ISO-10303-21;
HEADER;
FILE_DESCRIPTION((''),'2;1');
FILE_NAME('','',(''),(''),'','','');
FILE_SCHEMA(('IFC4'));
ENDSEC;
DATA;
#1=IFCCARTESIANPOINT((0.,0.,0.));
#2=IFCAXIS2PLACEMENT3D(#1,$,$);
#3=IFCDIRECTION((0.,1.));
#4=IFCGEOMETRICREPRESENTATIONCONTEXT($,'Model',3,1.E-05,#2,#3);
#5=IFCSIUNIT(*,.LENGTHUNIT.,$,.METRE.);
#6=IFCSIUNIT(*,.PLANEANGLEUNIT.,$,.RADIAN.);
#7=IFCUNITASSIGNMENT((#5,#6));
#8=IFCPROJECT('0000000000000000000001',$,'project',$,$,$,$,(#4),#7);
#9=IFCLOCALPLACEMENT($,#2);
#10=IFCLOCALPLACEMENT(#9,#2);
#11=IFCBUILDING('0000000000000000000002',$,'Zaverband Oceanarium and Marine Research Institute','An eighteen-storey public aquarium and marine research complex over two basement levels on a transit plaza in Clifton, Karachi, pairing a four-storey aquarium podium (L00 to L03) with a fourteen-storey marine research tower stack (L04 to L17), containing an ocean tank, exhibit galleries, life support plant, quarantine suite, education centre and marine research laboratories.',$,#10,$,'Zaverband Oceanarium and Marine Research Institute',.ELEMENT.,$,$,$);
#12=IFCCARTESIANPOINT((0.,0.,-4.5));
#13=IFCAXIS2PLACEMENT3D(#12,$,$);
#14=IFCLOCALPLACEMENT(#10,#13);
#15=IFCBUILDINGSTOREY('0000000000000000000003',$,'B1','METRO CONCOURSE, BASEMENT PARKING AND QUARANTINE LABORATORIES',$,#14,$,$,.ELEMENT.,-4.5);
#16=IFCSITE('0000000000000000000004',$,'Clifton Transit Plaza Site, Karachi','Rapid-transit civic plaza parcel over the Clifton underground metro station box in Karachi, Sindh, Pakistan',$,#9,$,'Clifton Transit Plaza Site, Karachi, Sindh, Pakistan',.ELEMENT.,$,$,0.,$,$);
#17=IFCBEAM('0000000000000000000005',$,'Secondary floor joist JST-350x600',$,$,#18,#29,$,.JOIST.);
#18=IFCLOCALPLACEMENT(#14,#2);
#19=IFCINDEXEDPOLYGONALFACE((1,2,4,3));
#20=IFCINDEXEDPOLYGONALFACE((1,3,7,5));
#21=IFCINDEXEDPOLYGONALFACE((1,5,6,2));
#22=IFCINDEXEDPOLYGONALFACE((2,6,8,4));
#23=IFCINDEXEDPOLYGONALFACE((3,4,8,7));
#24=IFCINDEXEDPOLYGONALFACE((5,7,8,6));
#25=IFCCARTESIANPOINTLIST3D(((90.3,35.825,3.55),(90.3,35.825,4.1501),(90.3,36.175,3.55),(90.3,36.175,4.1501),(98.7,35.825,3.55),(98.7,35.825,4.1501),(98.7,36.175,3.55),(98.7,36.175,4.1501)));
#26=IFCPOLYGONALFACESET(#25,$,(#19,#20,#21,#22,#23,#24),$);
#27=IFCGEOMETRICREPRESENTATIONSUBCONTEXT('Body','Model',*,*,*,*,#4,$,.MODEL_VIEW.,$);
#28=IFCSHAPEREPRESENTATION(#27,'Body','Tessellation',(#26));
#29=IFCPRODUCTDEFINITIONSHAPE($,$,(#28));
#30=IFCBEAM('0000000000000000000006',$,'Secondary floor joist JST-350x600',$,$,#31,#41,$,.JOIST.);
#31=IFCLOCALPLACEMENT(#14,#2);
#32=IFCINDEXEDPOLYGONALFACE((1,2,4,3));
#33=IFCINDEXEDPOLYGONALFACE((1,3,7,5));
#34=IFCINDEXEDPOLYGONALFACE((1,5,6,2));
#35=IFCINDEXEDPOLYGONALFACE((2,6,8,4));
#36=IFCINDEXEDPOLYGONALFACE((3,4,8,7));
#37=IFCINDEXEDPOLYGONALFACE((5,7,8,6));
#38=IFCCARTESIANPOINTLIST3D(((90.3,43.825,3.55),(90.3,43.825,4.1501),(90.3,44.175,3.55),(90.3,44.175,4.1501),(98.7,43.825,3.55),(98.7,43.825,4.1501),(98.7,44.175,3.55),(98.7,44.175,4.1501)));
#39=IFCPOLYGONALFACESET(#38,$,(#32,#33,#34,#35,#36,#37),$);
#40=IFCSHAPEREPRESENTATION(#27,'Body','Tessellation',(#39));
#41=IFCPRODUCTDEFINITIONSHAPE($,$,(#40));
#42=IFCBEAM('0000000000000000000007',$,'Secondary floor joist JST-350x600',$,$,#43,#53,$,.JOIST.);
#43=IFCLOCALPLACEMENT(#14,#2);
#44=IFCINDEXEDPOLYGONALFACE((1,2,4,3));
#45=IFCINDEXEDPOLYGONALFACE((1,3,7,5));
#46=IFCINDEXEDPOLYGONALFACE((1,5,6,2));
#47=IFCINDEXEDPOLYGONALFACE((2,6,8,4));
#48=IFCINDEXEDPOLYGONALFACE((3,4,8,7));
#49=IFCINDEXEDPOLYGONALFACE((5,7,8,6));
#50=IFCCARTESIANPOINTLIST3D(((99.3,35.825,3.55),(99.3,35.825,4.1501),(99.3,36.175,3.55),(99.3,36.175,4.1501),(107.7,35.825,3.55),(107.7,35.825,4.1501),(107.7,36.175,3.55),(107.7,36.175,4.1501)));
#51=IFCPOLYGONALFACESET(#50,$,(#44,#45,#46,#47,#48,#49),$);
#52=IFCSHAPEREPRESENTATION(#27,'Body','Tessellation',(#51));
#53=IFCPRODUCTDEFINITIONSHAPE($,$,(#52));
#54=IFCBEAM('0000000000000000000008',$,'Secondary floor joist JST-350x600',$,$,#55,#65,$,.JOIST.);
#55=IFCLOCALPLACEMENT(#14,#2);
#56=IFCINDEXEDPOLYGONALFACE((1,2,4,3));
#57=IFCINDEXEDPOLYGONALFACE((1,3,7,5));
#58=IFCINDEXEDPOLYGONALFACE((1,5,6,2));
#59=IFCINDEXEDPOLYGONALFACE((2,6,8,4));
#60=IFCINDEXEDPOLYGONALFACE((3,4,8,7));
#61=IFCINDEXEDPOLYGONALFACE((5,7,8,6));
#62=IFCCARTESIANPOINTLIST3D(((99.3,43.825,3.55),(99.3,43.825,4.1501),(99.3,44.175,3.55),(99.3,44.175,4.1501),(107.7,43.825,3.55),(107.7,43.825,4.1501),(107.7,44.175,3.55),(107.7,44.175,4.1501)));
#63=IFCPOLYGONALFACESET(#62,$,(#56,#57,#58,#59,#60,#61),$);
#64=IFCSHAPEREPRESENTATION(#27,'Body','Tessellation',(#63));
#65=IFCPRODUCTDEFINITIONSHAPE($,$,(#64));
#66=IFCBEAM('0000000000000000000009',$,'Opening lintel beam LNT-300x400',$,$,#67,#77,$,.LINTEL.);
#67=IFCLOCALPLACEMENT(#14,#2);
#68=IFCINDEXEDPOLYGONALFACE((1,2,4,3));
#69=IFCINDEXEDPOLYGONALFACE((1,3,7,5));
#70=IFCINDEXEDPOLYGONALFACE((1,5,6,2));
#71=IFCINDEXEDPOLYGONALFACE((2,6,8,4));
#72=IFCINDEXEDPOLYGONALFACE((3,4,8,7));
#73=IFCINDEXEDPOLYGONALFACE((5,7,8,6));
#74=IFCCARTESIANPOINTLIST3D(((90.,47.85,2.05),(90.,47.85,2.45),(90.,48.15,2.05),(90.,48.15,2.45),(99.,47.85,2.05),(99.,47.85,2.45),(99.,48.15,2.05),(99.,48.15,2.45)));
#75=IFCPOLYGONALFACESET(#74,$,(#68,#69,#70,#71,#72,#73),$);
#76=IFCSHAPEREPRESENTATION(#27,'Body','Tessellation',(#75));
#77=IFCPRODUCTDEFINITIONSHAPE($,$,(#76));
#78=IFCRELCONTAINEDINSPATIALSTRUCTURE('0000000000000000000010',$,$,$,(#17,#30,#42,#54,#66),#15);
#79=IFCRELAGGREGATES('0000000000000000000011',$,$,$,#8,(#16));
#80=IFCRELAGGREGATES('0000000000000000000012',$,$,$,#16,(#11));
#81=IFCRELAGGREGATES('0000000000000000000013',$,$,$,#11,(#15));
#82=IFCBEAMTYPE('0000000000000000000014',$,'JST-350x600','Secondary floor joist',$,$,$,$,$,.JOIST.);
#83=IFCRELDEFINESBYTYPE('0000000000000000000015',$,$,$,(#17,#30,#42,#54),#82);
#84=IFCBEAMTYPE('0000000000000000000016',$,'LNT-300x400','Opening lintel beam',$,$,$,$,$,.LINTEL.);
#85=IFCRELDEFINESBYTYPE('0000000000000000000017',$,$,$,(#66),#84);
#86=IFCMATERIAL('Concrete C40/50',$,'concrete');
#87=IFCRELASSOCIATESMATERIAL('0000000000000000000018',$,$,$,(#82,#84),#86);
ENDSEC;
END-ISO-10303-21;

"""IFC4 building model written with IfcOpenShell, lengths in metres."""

from ifc_helpers import new_model, si_unit, direction, frame, origin, origin_2d, place, context, subcontext, project, spatial, rectangle, extrude, material, material_profile, profile_set, type_object, element, save


model = new_model("IFC4")

# Units and contexts
model_context = context("Model", 3, precision=1e-05, world=origin(), true_north=direction((0.0, 1.0)))
body_context = subcontext(model_context, "Body", "Model", "MODEL_VIEW")
ifc_project = project(units=[si_unit("LENGTHUNIT", "METRE"), si_unit("PLANEANGLEUNIT", "RADIAN")], contexts=[model_context])

# Site, building, storey
site_placement = place(None, origin())
site = spatial("IfcSite", under=ifc_project, at=site_placement, Name="Clifton Transit Plaza Site, Karachi", Description="Rapid-transit civic plaza parcel over the Clifton underground metro station box in Karachi, Sindh, Pakistan", LongName="Clifton Transit Plaza Site, Karachi, Sindh, Pakistan", CompositionType="ELEMENT", RefElevation=0.0)
building_placement = place(site_placement, origin())
building = spatial("IfcBuilding", under=site, at=building_placement, Name="Zaverband Oceanarium and Marine Research Institute", Description="An eighteen-storey public aquarium and marine research complex over two basement levels on a transit plaza in Clifton, Karachi, pairing a four-storey aquarium podium (L00 to L03) with a fourteen-storey marine research tower stack (L04 to L17), containing an ocean tank, exhibit galleries, life support plant, quarantine suite, education centre and marine research laboratories.", LongName="Zaverband Oceanarium and Marine Research Institute", CompositionType="ELEMENT")
storey_placement = place(building_placement, frame((0.0, 0.0, -4.5)))
storey = spatial("IfcBuildingStorey", under=building, at=storey_placement, Name="B1", Description="METRO CONCOURSE, BASEMENT PARKING AND QUARANTINE LABORATORIES", CompositionType="ELEMENT", Elevation=-4.5)

# Beams
ifc_material_1 = material(Name="Concrete C40/50", Category="concrete")
ifc_material_profile_1 = material_profile(ifc_material_1, rectangle(XDim=0.3501, YDim=0.6001, at=origin_2d()), Name="RC350x600")
ifc_profile_set_1 = profile_set([ifc_material_profile_1], Name="Concrete C40/50")
beam_type_1 = type_object("IfcBeamType", Name="JST-350x600", Description="Secondary floor joist", PredefinedType="JOIST", material=ifc_profile_set_1)
for number, where, z_axis, x_axis, name in (
    (1, (90.3, 36.0, 3.8501), (1.0, 0.0, 0.0), (0.0, 1.0, 0.0), "Secondary floor joist JST-350x600"),
    (2, (90.3, 44.0, 3.8501), (1.0, 0.0, 0.0), (0.0, 1.0, 0.0), "Secondary floor joist JST-350x600"),
    (3, (99.3, 36.0, 3.8501), (1.0, 0.0, 0.0), (0.0, 1.0, 0.0), "Secondary floor joist JST-350x600"),
    (4, (99.3, 44.0, 3.8501), (1.0, 0.0, 0.0), (0.0, 1.0, 0.0), "Secondary floor joist JST-350x600"),
):
    element("IfcBeam", number, at=place(storey_placement, frame(where, z_axis=z_axis, x_axis=x_axis)), inside=storey, type_object=beam_type_1, Name=name, PredefinedType="JOIST", context=body_context, shape_type="SweptSolid", body=[
        extrude(rectangle(XDim=0.3501, YDim=0.6001, at=origin_2d()), origin(), (0.0, 0.0, 1.0), 8.3999),
    ])
ifc_material_profile_2 = material_profile(ifc_material_1, rectangle(XDim=0.3, YDim=0.3999, at=origin_2d()), Name="RC300x400")
ifc_profile_set_2 = profile_set([ifc_material_profile_2], Name="Concrete C40/50")
beam_type_2 = type_object("IfcBeamType", Name="LNT-300x400", Description="Opening lintel beam", PredefinedType="LINTEL", material=ifc_profile_set_2)
beam_placement = place(storey_placement, frame((90.0, 48.0, 2.25), z_axis=(1.0, 0.0, 0.0), x_axis=(0.0, 1.0, 0.0)))
element("IfcBeam", 5, at=beam_placement, inside=storey, type_object=beam_type_2, Name="Opening lintel beam LNT-300x400", PredefinedType="LINTEL", context=body_context, shape_type="SweptSolid", body=[
    extrude(rectangle(XDim=0.3, YDim=0.3999, at=origin_2d()), origin(), (0.0, 0.0, 1.0), 9.0),
])

save(model, "model.ifc")
